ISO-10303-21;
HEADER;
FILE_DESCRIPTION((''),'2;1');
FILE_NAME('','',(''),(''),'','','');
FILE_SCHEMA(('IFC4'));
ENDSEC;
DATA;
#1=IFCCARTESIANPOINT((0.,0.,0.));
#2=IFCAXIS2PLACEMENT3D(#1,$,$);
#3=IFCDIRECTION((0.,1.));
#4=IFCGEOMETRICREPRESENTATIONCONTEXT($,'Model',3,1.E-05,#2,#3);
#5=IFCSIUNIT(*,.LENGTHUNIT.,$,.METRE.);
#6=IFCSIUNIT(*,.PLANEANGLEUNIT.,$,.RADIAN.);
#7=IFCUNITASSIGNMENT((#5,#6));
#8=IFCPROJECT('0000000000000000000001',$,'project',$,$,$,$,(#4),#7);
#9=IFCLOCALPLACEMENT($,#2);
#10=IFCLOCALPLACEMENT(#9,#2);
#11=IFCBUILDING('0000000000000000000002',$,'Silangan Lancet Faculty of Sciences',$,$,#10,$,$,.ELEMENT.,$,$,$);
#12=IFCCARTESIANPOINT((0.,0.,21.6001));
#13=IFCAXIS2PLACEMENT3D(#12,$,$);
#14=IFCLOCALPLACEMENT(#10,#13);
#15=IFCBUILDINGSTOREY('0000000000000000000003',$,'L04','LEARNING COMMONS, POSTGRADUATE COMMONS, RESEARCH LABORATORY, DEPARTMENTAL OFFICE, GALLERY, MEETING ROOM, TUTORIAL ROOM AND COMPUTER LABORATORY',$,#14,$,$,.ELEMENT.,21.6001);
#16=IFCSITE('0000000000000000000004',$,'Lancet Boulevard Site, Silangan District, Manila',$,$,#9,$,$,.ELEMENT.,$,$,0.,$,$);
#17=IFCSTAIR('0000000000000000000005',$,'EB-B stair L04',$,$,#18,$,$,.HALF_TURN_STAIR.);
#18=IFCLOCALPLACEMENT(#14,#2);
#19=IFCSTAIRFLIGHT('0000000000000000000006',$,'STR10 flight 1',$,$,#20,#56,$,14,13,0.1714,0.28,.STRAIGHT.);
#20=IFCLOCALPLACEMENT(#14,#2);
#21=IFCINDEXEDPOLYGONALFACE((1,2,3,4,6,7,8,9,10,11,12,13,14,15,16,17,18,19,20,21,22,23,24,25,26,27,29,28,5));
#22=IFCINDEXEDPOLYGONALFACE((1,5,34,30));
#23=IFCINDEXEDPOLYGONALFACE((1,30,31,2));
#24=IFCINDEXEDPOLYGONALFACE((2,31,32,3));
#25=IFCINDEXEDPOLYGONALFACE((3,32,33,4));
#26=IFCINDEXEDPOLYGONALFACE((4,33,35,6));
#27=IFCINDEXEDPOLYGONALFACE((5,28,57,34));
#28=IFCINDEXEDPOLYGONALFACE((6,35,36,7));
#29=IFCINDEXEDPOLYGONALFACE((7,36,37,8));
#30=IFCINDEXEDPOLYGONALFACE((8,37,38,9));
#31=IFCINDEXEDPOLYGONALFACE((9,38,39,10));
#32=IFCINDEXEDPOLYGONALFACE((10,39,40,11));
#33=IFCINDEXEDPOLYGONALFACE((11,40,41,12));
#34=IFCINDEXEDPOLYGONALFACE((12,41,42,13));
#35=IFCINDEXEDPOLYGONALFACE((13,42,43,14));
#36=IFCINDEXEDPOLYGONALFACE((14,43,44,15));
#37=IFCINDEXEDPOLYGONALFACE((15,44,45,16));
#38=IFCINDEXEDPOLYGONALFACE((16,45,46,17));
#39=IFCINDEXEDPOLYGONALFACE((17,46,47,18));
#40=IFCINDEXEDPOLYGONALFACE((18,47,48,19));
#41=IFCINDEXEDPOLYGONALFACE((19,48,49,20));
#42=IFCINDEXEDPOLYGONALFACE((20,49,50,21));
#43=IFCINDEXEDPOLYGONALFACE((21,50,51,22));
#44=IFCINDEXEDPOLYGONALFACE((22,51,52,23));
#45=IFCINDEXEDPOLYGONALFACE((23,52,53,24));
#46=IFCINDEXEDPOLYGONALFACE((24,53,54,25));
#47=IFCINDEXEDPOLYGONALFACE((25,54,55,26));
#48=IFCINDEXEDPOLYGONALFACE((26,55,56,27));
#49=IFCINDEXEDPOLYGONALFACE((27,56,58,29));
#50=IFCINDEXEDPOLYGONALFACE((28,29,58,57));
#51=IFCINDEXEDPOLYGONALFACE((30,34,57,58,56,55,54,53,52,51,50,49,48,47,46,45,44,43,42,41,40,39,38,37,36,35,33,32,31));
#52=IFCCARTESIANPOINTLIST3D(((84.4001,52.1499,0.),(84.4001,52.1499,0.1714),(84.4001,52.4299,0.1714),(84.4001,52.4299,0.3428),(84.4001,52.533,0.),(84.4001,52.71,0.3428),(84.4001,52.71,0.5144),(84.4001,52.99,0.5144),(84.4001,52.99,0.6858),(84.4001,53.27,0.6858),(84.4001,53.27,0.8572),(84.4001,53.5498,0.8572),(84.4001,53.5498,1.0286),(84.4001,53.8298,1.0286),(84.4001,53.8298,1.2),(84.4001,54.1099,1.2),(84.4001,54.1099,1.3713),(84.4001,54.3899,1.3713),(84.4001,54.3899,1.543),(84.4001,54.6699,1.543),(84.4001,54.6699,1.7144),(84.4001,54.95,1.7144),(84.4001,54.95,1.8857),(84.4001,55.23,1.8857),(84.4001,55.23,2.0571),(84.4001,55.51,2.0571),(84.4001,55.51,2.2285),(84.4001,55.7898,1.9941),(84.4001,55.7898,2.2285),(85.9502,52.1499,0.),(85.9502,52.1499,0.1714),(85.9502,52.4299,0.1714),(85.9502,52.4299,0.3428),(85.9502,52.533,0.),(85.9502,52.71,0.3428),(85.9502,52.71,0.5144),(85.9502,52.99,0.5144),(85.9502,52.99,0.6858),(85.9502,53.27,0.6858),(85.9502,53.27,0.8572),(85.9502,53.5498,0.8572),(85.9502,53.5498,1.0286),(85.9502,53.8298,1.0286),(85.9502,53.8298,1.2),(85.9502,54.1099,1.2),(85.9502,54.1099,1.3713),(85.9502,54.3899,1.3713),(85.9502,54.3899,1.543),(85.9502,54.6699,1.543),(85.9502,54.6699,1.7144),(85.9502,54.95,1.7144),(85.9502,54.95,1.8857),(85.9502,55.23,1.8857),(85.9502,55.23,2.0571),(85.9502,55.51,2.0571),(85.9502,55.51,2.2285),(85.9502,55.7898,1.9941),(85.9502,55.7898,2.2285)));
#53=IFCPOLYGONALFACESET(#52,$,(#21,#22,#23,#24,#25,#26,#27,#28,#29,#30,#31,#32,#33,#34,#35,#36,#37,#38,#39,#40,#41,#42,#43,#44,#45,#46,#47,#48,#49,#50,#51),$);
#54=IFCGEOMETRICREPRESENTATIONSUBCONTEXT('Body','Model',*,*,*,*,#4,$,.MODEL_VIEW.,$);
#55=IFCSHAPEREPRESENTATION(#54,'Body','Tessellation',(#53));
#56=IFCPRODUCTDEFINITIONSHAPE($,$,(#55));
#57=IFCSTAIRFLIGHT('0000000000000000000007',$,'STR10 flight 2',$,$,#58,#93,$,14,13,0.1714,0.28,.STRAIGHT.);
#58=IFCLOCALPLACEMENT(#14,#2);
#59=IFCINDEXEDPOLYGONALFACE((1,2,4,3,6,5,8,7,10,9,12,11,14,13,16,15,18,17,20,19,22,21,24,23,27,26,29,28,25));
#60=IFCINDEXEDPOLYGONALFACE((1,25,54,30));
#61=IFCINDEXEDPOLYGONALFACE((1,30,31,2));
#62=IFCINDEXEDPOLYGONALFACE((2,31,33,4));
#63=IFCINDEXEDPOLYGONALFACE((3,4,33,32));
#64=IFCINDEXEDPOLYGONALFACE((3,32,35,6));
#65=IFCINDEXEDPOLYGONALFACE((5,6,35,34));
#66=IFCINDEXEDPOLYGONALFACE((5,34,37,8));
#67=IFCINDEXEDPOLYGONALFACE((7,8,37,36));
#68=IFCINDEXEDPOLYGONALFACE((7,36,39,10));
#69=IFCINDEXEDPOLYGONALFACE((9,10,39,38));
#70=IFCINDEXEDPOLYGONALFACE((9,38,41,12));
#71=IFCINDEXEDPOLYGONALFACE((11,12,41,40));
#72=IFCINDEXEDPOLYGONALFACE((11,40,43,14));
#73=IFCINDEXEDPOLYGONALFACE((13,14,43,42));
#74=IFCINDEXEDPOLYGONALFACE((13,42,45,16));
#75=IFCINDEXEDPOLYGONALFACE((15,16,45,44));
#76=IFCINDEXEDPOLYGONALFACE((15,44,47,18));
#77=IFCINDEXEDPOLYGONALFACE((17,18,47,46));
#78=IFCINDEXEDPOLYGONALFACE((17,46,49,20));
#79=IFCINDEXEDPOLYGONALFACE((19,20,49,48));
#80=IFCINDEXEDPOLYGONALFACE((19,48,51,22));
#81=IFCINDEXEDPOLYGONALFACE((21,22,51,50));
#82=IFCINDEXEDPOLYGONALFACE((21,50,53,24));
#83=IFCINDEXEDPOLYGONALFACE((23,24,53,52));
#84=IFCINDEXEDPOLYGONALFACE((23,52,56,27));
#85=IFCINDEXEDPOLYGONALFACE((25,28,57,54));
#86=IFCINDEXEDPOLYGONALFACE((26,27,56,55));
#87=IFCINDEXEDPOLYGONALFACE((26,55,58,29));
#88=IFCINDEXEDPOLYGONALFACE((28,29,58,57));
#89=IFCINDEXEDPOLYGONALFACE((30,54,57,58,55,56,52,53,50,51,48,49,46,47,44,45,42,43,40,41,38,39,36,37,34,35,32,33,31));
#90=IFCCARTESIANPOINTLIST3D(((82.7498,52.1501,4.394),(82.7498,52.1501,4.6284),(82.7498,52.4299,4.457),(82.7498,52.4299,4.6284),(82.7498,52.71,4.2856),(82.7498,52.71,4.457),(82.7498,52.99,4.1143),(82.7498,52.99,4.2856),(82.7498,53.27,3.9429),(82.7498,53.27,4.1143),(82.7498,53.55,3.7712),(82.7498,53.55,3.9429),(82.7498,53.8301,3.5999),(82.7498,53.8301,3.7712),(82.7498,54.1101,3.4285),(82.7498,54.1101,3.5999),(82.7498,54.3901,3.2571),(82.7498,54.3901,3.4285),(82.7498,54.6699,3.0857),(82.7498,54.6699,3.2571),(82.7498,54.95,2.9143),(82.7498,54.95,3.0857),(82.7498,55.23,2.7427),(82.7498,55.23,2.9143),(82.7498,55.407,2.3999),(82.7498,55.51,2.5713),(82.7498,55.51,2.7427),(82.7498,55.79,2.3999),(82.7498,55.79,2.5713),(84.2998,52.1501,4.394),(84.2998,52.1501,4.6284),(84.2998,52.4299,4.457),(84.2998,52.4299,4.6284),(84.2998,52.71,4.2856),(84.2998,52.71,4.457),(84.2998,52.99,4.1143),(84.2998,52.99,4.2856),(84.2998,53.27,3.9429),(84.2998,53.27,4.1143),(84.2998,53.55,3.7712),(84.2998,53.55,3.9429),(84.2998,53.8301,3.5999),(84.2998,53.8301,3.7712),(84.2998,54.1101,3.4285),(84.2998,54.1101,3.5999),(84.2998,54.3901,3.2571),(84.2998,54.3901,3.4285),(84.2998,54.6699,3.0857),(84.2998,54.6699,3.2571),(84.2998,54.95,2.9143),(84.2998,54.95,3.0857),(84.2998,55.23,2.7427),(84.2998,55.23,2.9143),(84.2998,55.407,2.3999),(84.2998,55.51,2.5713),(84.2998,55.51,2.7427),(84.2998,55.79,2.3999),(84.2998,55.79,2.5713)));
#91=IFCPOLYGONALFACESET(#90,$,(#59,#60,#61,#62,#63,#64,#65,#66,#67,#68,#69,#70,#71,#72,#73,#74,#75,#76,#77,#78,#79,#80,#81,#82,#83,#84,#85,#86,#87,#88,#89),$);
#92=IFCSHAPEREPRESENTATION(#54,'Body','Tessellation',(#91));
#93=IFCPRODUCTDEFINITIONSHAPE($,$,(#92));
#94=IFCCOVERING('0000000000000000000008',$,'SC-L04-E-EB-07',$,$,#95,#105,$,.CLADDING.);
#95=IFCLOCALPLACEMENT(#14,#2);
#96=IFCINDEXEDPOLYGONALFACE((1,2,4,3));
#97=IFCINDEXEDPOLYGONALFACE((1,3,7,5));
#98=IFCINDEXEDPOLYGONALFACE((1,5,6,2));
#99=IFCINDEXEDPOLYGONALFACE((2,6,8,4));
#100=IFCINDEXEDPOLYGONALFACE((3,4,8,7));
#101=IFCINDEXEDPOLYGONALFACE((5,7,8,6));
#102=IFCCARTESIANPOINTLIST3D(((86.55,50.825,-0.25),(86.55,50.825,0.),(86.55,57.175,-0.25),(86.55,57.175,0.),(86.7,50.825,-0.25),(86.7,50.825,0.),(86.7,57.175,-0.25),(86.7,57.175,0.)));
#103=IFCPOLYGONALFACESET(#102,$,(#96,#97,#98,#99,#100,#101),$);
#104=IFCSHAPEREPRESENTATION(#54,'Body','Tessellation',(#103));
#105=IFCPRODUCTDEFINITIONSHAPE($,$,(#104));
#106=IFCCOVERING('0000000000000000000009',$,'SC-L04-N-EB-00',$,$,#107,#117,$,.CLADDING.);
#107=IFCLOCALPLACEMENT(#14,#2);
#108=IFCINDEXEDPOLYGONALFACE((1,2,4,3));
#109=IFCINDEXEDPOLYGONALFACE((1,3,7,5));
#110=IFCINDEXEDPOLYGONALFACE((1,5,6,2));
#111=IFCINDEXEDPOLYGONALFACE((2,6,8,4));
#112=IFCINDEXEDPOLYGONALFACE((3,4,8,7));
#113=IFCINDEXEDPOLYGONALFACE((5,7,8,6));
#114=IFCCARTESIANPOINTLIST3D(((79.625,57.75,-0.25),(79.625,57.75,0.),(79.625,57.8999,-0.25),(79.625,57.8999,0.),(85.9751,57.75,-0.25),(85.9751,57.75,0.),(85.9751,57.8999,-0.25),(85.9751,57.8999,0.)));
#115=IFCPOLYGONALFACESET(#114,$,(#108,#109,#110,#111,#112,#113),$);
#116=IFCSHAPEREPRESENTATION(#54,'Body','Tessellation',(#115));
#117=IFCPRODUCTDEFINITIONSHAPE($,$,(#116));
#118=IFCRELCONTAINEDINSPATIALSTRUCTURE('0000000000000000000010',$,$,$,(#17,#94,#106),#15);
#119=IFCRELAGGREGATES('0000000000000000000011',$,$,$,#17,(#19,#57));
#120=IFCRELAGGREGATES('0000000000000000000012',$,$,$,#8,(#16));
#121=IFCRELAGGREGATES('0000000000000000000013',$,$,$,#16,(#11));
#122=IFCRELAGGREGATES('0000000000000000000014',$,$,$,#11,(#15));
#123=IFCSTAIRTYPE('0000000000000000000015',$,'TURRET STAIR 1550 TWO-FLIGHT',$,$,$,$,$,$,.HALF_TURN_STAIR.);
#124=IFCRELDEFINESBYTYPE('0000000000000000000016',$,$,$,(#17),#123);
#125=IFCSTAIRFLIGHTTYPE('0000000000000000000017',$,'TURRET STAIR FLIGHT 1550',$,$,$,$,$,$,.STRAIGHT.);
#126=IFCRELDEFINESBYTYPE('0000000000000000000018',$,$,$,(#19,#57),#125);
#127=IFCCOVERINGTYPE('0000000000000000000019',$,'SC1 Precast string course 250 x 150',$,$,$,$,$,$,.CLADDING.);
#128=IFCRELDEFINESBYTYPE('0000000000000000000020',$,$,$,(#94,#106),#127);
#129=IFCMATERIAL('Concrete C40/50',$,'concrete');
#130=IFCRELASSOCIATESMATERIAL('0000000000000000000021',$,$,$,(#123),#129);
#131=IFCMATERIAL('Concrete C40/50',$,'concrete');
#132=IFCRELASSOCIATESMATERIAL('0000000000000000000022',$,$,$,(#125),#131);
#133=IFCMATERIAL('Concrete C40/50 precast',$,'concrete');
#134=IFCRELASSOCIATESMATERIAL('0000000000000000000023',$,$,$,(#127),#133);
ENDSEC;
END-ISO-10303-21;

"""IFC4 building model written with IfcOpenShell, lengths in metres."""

from ifc_helpers import new_model, si_unit, direction, frame, origin, origin_2d, place, context, subcontext, project, spatial, polyline, rectangle, outline, extrude, material, type_object, element, aggregate, save


model = new_model("IFC4")

# Units and contexts
model_context = context("Model", 3, precision=1e-05, world=origin(), true_north=direction((0.0, 1.0)))
body_context = subcontext(model_context, "Body", "Model", "MODEL_VIEW")
ifc_project = project(units=[si_unit("LENGTHUNIT", "METRE"), si_unit("PLANEANGLEUNIT", "RADIAN")], contexts=[model_context])

# Site, building, storey
site_placement = place(None, origin())
site = spatial("IfcSite", under=ifc_project, at=site_placement, Name="Lancet Boulevard Site, Silangan District, Manila", CompositionType="ELEMENT", RefElevation=0.0)
building_placement = place(site_placement, origin())
building = spatial("IfcBuilding", under=site, at=building_placement, Name="Silangan Lancet Faculty of Sciences", CompositionType="ELEMENT")
storey_placement = place(building_placement, frame((0.0, 0.0, 21.6001)))
storey = spatial("IfcBuildingStorey", under=building, at=storey_placement, Name="L04", Description="LEARNING COMMONS, POSTGRADUATE COMMONS, RESEARCH LABORATORY, DEPARTMENTAL OFFICE, GALLERY, MEETING ROOM, TUTORIAL ROOM AND COMPUTER LABORATORY", CompositionType="ELEMENT", Elevation=21.6001)

# Stair, stair flights
ifc_material_1 = material(Name="Concrete C40/50", Category="concrete")
stair_type = type_object("IfcStairType", Name="TURRET STAIR 1550 TWO-FLIGHT", PredefinedType="HALF_TURN_STAIR", material=ifc_material_1)
stair_placement = place(storey_placement, origin())
stair = element("IfcStair", 1, at=stair_placement, inside=storey, type_object=stair_type, Name="EB-B stair L04", PredefinedType="HALF_TURN_STAIR")
ifc_material_2 = material(Name="Concrete C40/50", Category="concrete")
stair_flight_type = type_object("IfcStairFlightType", Name="TURRET STAIR FLIGHT 1550", PredefinedType="STRAIGHT", material=ifc_material_2)
stair_flight_1_placement = place(storey_placement, frame((85.175, 52.1499, 0.0), z_axis=(0.0, 0.0, 1.0), x_axis=(0.0, 1.0, 0.0)))
stair_flight_1 = element("IfcStairFlight", 2, at=stair_flight_1_placement, type_object=stair_flight_type, Name="STR10 flight 1", NumberOfRisers=14, NumberOfTreads=13, PredefinedType="STRAIGHT", RiserHeight=0.1714, TreadLength=0.28, context=body_context, shape_type="SweptSolid", body=[
    extrude(outline(polyline([(0.0, 0.0), (0.0, 0.1714), (0.28, 0.1714), (0.28, 0.3428), (0.5601, 0.3428), (0.5601, 0.5144), (0.8401, 0.5144), (0.8401, 0.6858), (1.1201, 0.6858), (1.1201, 0.8572), (1.3999, 0.8572), (1.3999, 1.0286), (1.6799, 1.0286), (1.6799, 1.2), (1.96, 1.2), (1.96, 1.3713), (2.24, 1.3713), (2.24, 1.543), (2.52, 1.543), (2.52, 1.7144), (2.8, 1.7144), (2.8, 1.8857), (3.0801, 1.8857), (3.0801, 2.0571), (3.3601, 2.0571), (3.3601, 2.2285), (3.6399, 2.2285), (3.6399, 2.3999), (3.6399, 1.9941), (0.3831, 0.0), (0.0, 0.0)])), frame((0.0, 0.7749, 0.0), z_axis=(0.0, -1.0, 0.0), x_axis=(1.0, 0.0, 0.0)), (0.0, 0.0, 1.0), 1.55),
])
stair_flight_2_placement = place(storey_placement, frame((83.5249, 55.79, 2.3999), z_axis=(0.0, 0.0, 1.0), x_axis=(0.0, -1.0, 0.0)))
stair_flight_2 = element("IfcStairFlight", 3, at=stair_flight_2_placement, type_object=stair_flight_type, Name="STR10 flight 2", NumberOfRisers=14, NumberOfTreads=13, PredefinedType="STRAIGHT", RiserHeight=0.1714, TreadLength=0.28, context=body_context, shape_type="SweptSolid", body=[
    extrude(outline(polyline([(0.0, 0.0), (0.0, 0.1714), (0.28, 0.1714), (0.28, 0.3428), (0.5601, 0.3428), (0.5601, 0.5144), (0.8401, 0.5144), (0.8401, 0.6858), (1.1201, 0.6858), (1.1201, 0.8572), (1.3999, 0.8572), (1.3999, 1.0286), (1.6799, 1.0286), (1.6799, 1.2), (1.96, 1.2), (1.96, 1.3713), (2.24, 1.3713), (2.24, 1.543), (2.52, 1.543), (2.52, 1.7144), (2.8, 1.7144), (2.8, 1.8857), (3.0801, 1.8857), (3.0801, 2.0571), (3.3601, 2.0571), (3.3601, 2.2285), (3.6399, 2.2285), (3.6399, 2.3999), (3.6399, 1.9941), (0.3831, 0.0), (0.0, 0.0)])), frame((0.0, 0.7749, 0.0), z_axis=(0.0, -1.0, 0.0), x_axis=(1.0, 0.0, 0.0)), (0.0, 0.0, 1.0), 1.55),
])
aggregate(stair, [stair_flight_1, stair_flight_2])

# Coverings
ifc_material_3 = material(Name="Concrete C40/50 precast", Category="concrete")
covering_type = type_object("IfcCoveringType", Name="SC1 Precast string course 250 x 150", PredefinedType="CLADDING", material=ifc_material_3)
covering_1_placement = place(storey_placement, frame((86.625, 54.0, -0.25), z_axis=(0.0, 0.0, 1.0), x_axis=(1.0, 0.0, 0.0)))
element("IfcCovering", 4, at=covering_1_placement, inside=storey, type_object=covering_type, Name="SC-L04-E-EB-07", PredefinedType="CLADDING", context=body_context, shape_type="SweptSolid", body=[
    extrude(rectangle(XDim=0.1499, YDim=6.3501, at=origin_2d()), origin(), (0.0, 0.0, 1.0), 0.25),
])
covering_2_placement = place(storey_placement, frame((82.8, 57.825, -0.25), z_axis=(0.0, 0.0, 1.0), x_axis=(1.0, 0.0, 0.0)))
element("IfcCovering", 5, at=covering_2_placement, inside=storey, type_object=covering_type, Name="SC-L04-N-EB-00", PredefinedType="CLADDING", context=body_context, shape_type="SweptSolid", body=[
    extrude(rectangle(XDim=6.3501, YDim=0.1499, at=origin_2d()), origin(), (0.0, 0.0, 1.0), 0.25),
])

save(model, "model.ifc")
